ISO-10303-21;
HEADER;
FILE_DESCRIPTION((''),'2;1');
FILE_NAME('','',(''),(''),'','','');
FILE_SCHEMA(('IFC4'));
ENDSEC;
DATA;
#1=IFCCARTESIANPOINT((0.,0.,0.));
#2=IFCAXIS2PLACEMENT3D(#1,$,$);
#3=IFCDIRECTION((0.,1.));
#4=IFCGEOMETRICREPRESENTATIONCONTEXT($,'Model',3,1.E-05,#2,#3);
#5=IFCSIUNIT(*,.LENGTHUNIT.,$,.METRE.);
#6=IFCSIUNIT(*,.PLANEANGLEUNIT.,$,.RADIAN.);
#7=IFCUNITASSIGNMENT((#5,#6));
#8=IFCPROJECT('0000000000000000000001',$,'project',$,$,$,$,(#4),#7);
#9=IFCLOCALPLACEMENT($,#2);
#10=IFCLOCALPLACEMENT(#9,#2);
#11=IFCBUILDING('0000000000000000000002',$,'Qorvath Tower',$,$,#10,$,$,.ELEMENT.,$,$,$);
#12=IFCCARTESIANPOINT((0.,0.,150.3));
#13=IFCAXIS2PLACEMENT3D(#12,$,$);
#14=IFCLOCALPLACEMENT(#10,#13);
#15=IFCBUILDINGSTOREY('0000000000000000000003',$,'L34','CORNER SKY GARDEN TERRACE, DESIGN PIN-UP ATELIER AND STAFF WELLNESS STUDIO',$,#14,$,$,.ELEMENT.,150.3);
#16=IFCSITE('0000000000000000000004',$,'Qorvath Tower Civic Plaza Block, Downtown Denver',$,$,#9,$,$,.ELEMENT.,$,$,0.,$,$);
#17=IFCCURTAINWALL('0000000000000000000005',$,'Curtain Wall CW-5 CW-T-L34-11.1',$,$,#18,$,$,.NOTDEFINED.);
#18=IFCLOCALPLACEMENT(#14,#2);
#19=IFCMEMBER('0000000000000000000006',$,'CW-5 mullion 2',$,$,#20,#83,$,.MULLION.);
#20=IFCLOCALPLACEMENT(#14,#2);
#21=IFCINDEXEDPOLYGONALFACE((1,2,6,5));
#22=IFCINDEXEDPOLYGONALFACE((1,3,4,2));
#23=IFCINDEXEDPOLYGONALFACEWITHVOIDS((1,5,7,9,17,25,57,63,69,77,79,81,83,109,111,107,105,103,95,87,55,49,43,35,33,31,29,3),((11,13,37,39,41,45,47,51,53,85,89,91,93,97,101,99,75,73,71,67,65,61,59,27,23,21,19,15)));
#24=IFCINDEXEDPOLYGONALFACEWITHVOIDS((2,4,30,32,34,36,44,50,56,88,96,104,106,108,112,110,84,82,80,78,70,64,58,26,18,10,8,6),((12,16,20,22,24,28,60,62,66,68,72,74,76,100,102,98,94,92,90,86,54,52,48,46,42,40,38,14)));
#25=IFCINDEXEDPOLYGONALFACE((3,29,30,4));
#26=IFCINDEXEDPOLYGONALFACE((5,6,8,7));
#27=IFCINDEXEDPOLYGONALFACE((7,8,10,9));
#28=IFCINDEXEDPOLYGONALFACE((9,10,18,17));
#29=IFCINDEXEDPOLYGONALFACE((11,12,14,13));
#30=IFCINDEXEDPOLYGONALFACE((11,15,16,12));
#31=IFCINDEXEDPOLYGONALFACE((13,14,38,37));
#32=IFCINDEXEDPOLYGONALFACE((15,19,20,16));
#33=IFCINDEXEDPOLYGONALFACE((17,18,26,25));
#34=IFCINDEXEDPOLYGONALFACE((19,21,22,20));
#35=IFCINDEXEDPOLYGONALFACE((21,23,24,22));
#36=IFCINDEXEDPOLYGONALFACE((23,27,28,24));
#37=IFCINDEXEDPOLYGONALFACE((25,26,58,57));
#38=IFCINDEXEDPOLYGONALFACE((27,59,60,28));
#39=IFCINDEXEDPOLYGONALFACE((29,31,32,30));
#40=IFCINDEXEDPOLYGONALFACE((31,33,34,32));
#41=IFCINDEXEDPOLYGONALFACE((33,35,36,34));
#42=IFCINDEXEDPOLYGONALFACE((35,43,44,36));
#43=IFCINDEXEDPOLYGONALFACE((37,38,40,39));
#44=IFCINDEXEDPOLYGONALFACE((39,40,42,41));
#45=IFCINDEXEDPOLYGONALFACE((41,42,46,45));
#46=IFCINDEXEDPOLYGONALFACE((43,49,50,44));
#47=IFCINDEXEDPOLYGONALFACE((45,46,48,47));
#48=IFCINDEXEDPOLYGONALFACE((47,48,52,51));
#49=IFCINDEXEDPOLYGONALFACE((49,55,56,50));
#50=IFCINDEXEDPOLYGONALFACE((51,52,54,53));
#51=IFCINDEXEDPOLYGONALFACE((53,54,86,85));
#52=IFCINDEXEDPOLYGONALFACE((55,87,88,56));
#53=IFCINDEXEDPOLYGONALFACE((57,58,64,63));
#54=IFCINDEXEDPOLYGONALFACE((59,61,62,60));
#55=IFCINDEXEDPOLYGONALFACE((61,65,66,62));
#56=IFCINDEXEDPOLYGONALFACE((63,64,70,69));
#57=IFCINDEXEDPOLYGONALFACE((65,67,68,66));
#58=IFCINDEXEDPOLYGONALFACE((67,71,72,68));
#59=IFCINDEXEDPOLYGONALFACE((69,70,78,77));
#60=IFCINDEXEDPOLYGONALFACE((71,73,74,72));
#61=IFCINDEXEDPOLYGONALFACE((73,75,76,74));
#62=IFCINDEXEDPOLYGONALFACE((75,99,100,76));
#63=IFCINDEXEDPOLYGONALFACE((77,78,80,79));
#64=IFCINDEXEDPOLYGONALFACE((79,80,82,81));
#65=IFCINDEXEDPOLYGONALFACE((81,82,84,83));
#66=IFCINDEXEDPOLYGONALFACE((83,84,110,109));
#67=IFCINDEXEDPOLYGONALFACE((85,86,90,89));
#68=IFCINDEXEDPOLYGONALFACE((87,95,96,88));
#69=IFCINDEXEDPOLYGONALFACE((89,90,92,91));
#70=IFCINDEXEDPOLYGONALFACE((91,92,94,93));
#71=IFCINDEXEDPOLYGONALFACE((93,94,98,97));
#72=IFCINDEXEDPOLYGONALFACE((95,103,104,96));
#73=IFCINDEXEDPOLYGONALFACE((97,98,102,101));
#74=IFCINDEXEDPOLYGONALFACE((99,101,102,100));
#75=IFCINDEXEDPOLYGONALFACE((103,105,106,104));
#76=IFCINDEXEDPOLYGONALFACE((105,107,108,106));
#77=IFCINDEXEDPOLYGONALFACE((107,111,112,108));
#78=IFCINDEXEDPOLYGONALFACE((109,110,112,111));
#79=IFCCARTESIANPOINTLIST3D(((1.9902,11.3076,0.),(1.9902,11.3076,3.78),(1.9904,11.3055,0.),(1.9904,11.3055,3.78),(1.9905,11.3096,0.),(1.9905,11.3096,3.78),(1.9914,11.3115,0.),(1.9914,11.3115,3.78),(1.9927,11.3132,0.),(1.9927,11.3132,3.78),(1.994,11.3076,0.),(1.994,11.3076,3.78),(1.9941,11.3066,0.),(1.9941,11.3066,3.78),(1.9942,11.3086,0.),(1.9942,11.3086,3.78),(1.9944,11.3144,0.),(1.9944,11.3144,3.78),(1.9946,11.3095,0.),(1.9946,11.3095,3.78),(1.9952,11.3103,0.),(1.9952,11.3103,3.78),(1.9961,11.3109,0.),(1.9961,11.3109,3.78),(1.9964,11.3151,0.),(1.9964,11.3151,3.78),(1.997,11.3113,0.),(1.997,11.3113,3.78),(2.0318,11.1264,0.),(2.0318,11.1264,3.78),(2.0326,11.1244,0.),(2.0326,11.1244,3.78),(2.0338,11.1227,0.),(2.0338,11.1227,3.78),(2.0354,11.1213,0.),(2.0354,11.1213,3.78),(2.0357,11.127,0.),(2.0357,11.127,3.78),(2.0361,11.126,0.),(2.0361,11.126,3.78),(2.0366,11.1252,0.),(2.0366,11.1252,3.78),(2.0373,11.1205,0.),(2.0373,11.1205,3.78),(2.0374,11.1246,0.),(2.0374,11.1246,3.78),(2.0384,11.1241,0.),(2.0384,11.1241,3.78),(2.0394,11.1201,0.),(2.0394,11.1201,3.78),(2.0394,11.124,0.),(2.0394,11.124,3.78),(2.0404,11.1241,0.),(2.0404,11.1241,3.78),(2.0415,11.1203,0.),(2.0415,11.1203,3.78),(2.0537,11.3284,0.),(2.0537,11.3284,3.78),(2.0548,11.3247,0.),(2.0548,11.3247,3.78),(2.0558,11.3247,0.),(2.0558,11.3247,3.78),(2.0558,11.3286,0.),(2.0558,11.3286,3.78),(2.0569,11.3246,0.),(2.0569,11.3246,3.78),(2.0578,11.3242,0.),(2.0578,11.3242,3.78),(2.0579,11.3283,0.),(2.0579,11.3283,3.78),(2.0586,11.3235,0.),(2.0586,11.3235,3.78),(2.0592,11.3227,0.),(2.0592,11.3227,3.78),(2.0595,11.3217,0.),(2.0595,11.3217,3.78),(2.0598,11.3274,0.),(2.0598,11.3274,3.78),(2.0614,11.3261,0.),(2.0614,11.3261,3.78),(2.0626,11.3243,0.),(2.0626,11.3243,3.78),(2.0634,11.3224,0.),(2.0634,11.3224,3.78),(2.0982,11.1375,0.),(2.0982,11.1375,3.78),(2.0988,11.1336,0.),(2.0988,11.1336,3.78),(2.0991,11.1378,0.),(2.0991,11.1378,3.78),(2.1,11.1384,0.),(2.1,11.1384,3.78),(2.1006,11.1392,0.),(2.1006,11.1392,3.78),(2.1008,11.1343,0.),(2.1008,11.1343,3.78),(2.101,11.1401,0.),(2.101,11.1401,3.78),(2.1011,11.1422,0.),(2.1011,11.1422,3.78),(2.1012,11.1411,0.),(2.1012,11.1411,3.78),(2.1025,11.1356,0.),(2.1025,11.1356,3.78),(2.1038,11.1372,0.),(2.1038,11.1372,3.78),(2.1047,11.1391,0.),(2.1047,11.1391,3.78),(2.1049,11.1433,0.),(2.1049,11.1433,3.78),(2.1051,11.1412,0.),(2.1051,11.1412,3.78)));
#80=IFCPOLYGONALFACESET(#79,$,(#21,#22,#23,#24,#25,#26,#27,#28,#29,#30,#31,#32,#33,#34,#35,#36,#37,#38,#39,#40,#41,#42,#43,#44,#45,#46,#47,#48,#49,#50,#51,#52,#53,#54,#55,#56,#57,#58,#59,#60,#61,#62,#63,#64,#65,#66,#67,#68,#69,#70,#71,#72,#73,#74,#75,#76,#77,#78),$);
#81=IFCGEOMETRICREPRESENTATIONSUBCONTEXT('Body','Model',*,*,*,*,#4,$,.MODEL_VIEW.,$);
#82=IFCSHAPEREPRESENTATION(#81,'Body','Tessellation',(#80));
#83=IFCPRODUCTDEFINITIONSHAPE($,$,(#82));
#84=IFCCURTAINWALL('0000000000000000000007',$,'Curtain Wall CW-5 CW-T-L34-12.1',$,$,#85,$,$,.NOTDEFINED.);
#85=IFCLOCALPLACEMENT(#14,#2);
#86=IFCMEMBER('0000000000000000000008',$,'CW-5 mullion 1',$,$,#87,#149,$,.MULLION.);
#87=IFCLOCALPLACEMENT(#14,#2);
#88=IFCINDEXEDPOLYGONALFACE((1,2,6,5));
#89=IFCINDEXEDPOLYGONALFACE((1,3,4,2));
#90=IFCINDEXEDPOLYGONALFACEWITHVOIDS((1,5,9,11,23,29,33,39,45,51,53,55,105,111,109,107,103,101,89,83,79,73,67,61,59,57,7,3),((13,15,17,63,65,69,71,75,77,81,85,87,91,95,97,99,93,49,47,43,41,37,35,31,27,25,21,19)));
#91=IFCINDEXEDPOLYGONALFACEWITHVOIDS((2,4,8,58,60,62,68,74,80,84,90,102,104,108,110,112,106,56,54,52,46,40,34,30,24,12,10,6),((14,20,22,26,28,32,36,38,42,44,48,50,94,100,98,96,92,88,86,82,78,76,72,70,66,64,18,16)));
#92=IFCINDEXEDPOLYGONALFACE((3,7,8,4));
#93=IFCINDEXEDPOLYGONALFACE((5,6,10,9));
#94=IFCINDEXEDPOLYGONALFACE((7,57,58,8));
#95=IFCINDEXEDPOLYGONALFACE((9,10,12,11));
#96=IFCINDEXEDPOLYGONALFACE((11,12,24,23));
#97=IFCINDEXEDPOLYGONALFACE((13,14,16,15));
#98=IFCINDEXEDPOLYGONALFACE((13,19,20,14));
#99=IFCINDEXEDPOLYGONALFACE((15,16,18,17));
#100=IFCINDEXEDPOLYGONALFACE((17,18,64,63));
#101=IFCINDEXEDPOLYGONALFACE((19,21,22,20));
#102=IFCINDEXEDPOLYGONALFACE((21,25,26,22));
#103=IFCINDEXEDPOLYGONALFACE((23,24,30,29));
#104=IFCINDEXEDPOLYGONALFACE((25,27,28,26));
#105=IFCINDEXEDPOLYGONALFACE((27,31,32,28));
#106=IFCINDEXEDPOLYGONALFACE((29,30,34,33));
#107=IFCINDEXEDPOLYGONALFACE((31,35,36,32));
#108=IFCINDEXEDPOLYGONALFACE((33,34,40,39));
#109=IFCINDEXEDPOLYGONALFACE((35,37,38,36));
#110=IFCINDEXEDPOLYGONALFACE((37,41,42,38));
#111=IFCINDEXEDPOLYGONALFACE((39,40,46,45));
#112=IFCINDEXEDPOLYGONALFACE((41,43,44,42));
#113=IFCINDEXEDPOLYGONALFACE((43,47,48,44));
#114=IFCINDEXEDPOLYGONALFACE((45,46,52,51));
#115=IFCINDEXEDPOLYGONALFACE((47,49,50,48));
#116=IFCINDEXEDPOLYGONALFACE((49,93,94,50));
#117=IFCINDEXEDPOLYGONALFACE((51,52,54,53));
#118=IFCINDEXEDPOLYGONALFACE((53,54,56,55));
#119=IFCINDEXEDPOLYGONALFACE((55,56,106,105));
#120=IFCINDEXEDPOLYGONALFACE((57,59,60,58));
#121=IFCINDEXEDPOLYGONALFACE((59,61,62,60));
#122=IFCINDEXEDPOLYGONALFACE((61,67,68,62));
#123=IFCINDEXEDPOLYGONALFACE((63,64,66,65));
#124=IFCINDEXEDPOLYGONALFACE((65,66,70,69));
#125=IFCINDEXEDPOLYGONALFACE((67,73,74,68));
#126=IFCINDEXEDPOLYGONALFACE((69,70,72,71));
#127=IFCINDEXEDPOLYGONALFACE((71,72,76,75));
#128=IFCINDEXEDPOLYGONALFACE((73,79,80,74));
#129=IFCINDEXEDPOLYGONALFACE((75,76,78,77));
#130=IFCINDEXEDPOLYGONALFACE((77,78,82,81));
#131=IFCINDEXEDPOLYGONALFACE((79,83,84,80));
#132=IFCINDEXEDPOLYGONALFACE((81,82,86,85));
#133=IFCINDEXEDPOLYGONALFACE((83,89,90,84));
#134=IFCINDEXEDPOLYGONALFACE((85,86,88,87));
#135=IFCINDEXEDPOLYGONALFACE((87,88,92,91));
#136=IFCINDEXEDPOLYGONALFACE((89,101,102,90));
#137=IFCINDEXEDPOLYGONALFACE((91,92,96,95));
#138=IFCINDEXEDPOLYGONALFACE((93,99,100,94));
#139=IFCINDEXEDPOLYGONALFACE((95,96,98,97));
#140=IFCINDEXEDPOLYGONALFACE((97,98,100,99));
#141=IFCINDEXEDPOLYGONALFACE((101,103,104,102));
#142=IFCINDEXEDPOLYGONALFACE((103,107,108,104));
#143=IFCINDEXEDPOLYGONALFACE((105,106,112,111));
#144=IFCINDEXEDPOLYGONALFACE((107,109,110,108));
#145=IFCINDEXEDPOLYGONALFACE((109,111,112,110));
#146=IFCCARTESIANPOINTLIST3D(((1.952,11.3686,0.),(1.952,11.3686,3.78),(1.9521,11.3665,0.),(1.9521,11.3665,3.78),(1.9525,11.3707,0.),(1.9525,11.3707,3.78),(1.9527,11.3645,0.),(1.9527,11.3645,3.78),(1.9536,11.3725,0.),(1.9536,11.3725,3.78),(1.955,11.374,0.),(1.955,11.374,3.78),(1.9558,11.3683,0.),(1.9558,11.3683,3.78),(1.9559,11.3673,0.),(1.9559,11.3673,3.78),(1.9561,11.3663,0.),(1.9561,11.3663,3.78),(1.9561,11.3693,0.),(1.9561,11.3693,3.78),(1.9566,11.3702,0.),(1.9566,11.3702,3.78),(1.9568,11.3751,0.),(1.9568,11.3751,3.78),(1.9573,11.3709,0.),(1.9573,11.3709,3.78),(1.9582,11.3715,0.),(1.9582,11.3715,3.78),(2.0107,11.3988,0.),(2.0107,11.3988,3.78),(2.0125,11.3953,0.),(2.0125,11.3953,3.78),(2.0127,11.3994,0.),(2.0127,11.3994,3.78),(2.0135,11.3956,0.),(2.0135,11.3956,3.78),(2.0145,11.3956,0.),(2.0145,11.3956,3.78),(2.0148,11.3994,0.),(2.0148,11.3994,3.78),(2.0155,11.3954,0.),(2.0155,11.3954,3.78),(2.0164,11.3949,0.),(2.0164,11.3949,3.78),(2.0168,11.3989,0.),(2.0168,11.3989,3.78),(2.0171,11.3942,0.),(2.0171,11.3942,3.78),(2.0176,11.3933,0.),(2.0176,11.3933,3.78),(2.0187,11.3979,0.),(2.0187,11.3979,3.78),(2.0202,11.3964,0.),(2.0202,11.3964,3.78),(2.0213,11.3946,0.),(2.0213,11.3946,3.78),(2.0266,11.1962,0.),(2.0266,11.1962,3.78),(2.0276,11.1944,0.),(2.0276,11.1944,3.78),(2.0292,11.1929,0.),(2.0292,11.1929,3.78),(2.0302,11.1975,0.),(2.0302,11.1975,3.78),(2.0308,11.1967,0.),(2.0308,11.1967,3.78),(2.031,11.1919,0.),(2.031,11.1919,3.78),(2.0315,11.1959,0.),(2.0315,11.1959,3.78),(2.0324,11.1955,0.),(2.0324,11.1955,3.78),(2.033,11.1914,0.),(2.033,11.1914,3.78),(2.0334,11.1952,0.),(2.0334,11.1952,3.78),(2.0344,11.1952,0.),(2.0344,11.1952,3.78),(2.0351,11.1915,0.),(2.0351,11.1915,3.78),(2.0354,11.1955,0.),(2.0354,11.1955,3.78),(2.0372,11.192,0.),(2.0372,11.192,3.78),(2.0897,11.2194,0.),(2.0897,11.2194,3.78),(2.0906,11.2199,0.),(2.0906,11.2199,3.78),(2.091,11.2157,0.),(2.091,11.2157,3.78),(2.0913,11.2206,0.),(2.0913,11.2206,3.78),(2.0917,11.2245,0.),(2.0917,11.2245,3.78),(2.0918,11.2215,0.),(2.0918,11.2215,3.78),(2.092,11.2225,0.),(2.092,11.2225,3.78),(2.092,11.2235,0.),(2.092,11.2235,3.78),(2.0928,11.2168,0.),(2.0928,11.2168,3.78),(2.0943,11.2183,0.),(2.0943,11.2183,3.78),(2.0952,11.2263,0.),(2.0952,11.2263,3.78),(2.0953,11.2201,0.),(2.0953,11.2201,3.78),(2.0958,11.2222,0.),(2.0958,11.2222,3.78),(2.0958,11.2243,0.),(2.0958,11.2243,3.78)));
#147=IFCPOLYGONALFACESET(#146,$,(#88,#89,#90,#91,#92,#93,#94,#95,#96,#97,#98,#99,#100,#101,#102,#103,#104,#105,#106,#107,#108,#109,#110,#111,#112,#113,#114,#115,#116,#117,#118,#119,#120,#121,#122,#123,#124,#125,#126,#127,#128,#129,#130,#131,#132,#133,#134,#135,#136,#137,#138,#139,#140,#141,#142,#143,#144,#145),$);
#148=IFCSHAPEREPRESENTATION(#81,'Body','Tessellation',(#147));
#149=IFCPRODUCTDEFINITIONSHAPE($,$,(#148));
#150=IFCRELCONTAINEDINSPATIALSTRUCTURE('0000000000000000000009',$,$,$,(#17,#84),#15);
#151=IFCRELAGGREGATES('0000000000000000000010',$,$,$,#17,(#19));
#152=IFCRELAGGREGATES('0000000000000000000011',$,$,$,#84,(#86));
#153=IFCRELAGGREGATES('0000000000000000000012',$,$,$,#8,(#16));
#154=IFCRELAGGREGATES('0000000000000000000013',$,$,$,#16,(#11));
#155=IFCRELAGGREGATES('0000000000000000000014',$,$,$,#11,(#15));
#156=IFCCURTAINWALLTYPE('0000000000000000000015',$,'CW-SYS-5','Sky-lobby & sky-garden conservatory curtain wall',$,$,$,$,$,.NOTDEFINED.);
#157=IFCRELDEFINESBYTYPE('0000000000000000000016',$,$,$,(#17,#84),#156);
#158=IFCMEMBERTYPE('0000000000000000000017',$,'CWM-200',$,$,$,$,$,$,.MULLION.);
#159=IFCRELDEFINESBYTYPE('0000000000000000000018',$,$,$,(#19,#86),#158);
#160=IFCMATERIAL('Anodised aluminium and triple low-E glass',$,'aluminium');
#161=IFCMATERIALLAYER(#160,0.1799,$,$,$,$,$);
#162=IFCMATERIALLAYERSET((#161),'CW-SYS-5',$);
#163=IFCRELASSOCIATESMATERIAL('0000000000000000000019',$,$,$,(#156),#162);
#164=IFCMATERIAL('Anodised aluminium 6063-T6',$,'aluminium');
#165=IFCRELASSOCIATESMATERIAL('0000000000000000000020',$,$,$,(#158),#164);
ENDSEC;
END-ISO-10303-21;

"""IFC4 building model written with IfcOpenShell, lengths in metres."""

from ifc_helpers import new_model, si_unit, direction, frame, origin, origin_2d, place, context, subcontext, project, spatial, hollow_rectangle, extrude, material, layer, layer_set, material_profile, profile_set, type_object, element, aggregate, save


model = new_model("IFC4")

# Units and contexts
model_context = context("Model", 3, precision=1e-05, world=origin(), true_north=direction((0.0, 1.0)))
body_context = subcontext(model_context, "Body", "Model", "MODEL_VIEW")
ifc_project = project(units=[si_unit("LENGTHUNIT", "METRE"), si_unit("PLANEANGLEUNIT", "RADIAN")], contexts=[model_context])

# Site, building, storey
site_placement = place(None, origin())
site = spatial("IfcSite", under=ifc_project, at=site_placement, Name="Qorvath Tower Civic Plaza Block, Downtown Denver", CompositionType="ELEMENT", RefElevation=0.0)
building_placement = place(site_placement, origin())
building = spatial("IfcBuilding", under=site, at=building_placement, Name="Qorvath Tower", CompositionType="ELEMENT")
storey_placement = place(building_placement, frame((0.0, 0.0, 150.3)))
storey = spatial("IfcBuildingStorey", under=building, at=storey_placement, Name="L34", Description="CORNER SKY GARDEN TERRACE, DESIGN PIN-UP ATELIER AND STAFF WELLNESS STUDIO", CompositionType="ELEMENT", Elevation=150.3)

# Curtain wall, member
ifc_material_1 = material(Name="Anodised aluminium and triple low-E glass", Category="aluminium")
ifc_layer_1 = layer(ifc_material_1, 0.1799)
ifc_layer_set_1 = layer_set([ifc_layer_1], Name="CW-SYS-5")
curtain_wall_type = type_object("IfcCurtainWallType", Name="CW-SYS-5", Description="Sky-lobby & sky-garden conservatory curtain wall", PredefinedType="NOTDEFINED", material=ifc_layer_set_1)
curtain_wall_1_placement = place(storey_placement, origin())
curtain_wall_1 = element("IfcCurtainWall", 1, at=curtain_wall_1_placement, inside=storey, type_object=curtain_wall_type, Name="Curtain Wall CW-5 CW-T-L34-11.1", PredefinedType="NOTDEFINED")
ifc_material_2 = material(Name="Anodised aluminium 6063-T6", Category="aluminium")
ifc_material_profile_1 = material_profile(ifc_material_2, hollow_rectangle(XDim=0.075, YDim=0.2, WallThickness=0.0039, InnerFilletRadius=0.0039, OuterFilletRadius=0.0081, at=origin_2d()), Name="CWM 200x75")
ifc_profile_set_1 = profile_set([ifc_material_profile_1], Name="Anodised aluminium 6063-T6")
member_type_1 = type_object("IfcMemberType", Name="CWM-200", PredefinedType="MULLION", material=ifc_profile_set_1)
member_1_placement = place(storey_placement, frame((2.0476, 11.2244, 0.0), z_axis=(0.0, 0.0, 1.0), x_axis=(-0.974213, -0.225631, 0.0)))
member_1 = element("IfcMember", 2, at=member_1_placement, type_object=member_type_1, Name="CW-5 mullion 2", PredefinedType="MULLION", context=body_context, shape_type="SweptSolid", body=[
    extrude(hollow_rectangle(XDim=0.075, YDim=0.2, WallThickness=0.0039, InnerFilletRadius=0.0039, OuterFilletRadius=0.0081, at=origin_2d()), origin(), (0.0, 0.0, 1.0), 3.78),
])

# Curtain wall, member
curtain_wall_2_placement = place(storey_placement, origin())
curtain_wall_2 = element("IfcCurtainWall", 3, at=curtain_wall_2_placement, inside=storey, type_object=curtain_wall_type, Name="Curtain Wall CW-5 CW-T-L34-12.1", PredefinedType="NOTDEFINED")
member_2_placement = place(storey_placement, frame((2.0239, 11.2954, 0.0), z_axis=(0.0, 0.0, 1.0), x_axis=(-0.915683, -0.401902, 0.0)))
member_2 = element("IfcMember", 4, at=member_2_placement, type_object=member_type_1, Name="CW-5 mullion 1", PredefinedType="MULLION", context=body_context, shape_type="SweptSolid", body=[
    extrude(hollow_rectangle(XDim=0.075, YDim=0.2, WallThickness=0.0039, InnerFilletRadius=0.0039, OuterFilletRadius=0.0081, at=origin_2d()), origin(), (0.0, 0.0, 1.0), 3.78),
])

aggregate(curtain_wall_1, [member_1])
aggregate(curtain_wall_2, [member_2])

save(model, "model.ifc")
